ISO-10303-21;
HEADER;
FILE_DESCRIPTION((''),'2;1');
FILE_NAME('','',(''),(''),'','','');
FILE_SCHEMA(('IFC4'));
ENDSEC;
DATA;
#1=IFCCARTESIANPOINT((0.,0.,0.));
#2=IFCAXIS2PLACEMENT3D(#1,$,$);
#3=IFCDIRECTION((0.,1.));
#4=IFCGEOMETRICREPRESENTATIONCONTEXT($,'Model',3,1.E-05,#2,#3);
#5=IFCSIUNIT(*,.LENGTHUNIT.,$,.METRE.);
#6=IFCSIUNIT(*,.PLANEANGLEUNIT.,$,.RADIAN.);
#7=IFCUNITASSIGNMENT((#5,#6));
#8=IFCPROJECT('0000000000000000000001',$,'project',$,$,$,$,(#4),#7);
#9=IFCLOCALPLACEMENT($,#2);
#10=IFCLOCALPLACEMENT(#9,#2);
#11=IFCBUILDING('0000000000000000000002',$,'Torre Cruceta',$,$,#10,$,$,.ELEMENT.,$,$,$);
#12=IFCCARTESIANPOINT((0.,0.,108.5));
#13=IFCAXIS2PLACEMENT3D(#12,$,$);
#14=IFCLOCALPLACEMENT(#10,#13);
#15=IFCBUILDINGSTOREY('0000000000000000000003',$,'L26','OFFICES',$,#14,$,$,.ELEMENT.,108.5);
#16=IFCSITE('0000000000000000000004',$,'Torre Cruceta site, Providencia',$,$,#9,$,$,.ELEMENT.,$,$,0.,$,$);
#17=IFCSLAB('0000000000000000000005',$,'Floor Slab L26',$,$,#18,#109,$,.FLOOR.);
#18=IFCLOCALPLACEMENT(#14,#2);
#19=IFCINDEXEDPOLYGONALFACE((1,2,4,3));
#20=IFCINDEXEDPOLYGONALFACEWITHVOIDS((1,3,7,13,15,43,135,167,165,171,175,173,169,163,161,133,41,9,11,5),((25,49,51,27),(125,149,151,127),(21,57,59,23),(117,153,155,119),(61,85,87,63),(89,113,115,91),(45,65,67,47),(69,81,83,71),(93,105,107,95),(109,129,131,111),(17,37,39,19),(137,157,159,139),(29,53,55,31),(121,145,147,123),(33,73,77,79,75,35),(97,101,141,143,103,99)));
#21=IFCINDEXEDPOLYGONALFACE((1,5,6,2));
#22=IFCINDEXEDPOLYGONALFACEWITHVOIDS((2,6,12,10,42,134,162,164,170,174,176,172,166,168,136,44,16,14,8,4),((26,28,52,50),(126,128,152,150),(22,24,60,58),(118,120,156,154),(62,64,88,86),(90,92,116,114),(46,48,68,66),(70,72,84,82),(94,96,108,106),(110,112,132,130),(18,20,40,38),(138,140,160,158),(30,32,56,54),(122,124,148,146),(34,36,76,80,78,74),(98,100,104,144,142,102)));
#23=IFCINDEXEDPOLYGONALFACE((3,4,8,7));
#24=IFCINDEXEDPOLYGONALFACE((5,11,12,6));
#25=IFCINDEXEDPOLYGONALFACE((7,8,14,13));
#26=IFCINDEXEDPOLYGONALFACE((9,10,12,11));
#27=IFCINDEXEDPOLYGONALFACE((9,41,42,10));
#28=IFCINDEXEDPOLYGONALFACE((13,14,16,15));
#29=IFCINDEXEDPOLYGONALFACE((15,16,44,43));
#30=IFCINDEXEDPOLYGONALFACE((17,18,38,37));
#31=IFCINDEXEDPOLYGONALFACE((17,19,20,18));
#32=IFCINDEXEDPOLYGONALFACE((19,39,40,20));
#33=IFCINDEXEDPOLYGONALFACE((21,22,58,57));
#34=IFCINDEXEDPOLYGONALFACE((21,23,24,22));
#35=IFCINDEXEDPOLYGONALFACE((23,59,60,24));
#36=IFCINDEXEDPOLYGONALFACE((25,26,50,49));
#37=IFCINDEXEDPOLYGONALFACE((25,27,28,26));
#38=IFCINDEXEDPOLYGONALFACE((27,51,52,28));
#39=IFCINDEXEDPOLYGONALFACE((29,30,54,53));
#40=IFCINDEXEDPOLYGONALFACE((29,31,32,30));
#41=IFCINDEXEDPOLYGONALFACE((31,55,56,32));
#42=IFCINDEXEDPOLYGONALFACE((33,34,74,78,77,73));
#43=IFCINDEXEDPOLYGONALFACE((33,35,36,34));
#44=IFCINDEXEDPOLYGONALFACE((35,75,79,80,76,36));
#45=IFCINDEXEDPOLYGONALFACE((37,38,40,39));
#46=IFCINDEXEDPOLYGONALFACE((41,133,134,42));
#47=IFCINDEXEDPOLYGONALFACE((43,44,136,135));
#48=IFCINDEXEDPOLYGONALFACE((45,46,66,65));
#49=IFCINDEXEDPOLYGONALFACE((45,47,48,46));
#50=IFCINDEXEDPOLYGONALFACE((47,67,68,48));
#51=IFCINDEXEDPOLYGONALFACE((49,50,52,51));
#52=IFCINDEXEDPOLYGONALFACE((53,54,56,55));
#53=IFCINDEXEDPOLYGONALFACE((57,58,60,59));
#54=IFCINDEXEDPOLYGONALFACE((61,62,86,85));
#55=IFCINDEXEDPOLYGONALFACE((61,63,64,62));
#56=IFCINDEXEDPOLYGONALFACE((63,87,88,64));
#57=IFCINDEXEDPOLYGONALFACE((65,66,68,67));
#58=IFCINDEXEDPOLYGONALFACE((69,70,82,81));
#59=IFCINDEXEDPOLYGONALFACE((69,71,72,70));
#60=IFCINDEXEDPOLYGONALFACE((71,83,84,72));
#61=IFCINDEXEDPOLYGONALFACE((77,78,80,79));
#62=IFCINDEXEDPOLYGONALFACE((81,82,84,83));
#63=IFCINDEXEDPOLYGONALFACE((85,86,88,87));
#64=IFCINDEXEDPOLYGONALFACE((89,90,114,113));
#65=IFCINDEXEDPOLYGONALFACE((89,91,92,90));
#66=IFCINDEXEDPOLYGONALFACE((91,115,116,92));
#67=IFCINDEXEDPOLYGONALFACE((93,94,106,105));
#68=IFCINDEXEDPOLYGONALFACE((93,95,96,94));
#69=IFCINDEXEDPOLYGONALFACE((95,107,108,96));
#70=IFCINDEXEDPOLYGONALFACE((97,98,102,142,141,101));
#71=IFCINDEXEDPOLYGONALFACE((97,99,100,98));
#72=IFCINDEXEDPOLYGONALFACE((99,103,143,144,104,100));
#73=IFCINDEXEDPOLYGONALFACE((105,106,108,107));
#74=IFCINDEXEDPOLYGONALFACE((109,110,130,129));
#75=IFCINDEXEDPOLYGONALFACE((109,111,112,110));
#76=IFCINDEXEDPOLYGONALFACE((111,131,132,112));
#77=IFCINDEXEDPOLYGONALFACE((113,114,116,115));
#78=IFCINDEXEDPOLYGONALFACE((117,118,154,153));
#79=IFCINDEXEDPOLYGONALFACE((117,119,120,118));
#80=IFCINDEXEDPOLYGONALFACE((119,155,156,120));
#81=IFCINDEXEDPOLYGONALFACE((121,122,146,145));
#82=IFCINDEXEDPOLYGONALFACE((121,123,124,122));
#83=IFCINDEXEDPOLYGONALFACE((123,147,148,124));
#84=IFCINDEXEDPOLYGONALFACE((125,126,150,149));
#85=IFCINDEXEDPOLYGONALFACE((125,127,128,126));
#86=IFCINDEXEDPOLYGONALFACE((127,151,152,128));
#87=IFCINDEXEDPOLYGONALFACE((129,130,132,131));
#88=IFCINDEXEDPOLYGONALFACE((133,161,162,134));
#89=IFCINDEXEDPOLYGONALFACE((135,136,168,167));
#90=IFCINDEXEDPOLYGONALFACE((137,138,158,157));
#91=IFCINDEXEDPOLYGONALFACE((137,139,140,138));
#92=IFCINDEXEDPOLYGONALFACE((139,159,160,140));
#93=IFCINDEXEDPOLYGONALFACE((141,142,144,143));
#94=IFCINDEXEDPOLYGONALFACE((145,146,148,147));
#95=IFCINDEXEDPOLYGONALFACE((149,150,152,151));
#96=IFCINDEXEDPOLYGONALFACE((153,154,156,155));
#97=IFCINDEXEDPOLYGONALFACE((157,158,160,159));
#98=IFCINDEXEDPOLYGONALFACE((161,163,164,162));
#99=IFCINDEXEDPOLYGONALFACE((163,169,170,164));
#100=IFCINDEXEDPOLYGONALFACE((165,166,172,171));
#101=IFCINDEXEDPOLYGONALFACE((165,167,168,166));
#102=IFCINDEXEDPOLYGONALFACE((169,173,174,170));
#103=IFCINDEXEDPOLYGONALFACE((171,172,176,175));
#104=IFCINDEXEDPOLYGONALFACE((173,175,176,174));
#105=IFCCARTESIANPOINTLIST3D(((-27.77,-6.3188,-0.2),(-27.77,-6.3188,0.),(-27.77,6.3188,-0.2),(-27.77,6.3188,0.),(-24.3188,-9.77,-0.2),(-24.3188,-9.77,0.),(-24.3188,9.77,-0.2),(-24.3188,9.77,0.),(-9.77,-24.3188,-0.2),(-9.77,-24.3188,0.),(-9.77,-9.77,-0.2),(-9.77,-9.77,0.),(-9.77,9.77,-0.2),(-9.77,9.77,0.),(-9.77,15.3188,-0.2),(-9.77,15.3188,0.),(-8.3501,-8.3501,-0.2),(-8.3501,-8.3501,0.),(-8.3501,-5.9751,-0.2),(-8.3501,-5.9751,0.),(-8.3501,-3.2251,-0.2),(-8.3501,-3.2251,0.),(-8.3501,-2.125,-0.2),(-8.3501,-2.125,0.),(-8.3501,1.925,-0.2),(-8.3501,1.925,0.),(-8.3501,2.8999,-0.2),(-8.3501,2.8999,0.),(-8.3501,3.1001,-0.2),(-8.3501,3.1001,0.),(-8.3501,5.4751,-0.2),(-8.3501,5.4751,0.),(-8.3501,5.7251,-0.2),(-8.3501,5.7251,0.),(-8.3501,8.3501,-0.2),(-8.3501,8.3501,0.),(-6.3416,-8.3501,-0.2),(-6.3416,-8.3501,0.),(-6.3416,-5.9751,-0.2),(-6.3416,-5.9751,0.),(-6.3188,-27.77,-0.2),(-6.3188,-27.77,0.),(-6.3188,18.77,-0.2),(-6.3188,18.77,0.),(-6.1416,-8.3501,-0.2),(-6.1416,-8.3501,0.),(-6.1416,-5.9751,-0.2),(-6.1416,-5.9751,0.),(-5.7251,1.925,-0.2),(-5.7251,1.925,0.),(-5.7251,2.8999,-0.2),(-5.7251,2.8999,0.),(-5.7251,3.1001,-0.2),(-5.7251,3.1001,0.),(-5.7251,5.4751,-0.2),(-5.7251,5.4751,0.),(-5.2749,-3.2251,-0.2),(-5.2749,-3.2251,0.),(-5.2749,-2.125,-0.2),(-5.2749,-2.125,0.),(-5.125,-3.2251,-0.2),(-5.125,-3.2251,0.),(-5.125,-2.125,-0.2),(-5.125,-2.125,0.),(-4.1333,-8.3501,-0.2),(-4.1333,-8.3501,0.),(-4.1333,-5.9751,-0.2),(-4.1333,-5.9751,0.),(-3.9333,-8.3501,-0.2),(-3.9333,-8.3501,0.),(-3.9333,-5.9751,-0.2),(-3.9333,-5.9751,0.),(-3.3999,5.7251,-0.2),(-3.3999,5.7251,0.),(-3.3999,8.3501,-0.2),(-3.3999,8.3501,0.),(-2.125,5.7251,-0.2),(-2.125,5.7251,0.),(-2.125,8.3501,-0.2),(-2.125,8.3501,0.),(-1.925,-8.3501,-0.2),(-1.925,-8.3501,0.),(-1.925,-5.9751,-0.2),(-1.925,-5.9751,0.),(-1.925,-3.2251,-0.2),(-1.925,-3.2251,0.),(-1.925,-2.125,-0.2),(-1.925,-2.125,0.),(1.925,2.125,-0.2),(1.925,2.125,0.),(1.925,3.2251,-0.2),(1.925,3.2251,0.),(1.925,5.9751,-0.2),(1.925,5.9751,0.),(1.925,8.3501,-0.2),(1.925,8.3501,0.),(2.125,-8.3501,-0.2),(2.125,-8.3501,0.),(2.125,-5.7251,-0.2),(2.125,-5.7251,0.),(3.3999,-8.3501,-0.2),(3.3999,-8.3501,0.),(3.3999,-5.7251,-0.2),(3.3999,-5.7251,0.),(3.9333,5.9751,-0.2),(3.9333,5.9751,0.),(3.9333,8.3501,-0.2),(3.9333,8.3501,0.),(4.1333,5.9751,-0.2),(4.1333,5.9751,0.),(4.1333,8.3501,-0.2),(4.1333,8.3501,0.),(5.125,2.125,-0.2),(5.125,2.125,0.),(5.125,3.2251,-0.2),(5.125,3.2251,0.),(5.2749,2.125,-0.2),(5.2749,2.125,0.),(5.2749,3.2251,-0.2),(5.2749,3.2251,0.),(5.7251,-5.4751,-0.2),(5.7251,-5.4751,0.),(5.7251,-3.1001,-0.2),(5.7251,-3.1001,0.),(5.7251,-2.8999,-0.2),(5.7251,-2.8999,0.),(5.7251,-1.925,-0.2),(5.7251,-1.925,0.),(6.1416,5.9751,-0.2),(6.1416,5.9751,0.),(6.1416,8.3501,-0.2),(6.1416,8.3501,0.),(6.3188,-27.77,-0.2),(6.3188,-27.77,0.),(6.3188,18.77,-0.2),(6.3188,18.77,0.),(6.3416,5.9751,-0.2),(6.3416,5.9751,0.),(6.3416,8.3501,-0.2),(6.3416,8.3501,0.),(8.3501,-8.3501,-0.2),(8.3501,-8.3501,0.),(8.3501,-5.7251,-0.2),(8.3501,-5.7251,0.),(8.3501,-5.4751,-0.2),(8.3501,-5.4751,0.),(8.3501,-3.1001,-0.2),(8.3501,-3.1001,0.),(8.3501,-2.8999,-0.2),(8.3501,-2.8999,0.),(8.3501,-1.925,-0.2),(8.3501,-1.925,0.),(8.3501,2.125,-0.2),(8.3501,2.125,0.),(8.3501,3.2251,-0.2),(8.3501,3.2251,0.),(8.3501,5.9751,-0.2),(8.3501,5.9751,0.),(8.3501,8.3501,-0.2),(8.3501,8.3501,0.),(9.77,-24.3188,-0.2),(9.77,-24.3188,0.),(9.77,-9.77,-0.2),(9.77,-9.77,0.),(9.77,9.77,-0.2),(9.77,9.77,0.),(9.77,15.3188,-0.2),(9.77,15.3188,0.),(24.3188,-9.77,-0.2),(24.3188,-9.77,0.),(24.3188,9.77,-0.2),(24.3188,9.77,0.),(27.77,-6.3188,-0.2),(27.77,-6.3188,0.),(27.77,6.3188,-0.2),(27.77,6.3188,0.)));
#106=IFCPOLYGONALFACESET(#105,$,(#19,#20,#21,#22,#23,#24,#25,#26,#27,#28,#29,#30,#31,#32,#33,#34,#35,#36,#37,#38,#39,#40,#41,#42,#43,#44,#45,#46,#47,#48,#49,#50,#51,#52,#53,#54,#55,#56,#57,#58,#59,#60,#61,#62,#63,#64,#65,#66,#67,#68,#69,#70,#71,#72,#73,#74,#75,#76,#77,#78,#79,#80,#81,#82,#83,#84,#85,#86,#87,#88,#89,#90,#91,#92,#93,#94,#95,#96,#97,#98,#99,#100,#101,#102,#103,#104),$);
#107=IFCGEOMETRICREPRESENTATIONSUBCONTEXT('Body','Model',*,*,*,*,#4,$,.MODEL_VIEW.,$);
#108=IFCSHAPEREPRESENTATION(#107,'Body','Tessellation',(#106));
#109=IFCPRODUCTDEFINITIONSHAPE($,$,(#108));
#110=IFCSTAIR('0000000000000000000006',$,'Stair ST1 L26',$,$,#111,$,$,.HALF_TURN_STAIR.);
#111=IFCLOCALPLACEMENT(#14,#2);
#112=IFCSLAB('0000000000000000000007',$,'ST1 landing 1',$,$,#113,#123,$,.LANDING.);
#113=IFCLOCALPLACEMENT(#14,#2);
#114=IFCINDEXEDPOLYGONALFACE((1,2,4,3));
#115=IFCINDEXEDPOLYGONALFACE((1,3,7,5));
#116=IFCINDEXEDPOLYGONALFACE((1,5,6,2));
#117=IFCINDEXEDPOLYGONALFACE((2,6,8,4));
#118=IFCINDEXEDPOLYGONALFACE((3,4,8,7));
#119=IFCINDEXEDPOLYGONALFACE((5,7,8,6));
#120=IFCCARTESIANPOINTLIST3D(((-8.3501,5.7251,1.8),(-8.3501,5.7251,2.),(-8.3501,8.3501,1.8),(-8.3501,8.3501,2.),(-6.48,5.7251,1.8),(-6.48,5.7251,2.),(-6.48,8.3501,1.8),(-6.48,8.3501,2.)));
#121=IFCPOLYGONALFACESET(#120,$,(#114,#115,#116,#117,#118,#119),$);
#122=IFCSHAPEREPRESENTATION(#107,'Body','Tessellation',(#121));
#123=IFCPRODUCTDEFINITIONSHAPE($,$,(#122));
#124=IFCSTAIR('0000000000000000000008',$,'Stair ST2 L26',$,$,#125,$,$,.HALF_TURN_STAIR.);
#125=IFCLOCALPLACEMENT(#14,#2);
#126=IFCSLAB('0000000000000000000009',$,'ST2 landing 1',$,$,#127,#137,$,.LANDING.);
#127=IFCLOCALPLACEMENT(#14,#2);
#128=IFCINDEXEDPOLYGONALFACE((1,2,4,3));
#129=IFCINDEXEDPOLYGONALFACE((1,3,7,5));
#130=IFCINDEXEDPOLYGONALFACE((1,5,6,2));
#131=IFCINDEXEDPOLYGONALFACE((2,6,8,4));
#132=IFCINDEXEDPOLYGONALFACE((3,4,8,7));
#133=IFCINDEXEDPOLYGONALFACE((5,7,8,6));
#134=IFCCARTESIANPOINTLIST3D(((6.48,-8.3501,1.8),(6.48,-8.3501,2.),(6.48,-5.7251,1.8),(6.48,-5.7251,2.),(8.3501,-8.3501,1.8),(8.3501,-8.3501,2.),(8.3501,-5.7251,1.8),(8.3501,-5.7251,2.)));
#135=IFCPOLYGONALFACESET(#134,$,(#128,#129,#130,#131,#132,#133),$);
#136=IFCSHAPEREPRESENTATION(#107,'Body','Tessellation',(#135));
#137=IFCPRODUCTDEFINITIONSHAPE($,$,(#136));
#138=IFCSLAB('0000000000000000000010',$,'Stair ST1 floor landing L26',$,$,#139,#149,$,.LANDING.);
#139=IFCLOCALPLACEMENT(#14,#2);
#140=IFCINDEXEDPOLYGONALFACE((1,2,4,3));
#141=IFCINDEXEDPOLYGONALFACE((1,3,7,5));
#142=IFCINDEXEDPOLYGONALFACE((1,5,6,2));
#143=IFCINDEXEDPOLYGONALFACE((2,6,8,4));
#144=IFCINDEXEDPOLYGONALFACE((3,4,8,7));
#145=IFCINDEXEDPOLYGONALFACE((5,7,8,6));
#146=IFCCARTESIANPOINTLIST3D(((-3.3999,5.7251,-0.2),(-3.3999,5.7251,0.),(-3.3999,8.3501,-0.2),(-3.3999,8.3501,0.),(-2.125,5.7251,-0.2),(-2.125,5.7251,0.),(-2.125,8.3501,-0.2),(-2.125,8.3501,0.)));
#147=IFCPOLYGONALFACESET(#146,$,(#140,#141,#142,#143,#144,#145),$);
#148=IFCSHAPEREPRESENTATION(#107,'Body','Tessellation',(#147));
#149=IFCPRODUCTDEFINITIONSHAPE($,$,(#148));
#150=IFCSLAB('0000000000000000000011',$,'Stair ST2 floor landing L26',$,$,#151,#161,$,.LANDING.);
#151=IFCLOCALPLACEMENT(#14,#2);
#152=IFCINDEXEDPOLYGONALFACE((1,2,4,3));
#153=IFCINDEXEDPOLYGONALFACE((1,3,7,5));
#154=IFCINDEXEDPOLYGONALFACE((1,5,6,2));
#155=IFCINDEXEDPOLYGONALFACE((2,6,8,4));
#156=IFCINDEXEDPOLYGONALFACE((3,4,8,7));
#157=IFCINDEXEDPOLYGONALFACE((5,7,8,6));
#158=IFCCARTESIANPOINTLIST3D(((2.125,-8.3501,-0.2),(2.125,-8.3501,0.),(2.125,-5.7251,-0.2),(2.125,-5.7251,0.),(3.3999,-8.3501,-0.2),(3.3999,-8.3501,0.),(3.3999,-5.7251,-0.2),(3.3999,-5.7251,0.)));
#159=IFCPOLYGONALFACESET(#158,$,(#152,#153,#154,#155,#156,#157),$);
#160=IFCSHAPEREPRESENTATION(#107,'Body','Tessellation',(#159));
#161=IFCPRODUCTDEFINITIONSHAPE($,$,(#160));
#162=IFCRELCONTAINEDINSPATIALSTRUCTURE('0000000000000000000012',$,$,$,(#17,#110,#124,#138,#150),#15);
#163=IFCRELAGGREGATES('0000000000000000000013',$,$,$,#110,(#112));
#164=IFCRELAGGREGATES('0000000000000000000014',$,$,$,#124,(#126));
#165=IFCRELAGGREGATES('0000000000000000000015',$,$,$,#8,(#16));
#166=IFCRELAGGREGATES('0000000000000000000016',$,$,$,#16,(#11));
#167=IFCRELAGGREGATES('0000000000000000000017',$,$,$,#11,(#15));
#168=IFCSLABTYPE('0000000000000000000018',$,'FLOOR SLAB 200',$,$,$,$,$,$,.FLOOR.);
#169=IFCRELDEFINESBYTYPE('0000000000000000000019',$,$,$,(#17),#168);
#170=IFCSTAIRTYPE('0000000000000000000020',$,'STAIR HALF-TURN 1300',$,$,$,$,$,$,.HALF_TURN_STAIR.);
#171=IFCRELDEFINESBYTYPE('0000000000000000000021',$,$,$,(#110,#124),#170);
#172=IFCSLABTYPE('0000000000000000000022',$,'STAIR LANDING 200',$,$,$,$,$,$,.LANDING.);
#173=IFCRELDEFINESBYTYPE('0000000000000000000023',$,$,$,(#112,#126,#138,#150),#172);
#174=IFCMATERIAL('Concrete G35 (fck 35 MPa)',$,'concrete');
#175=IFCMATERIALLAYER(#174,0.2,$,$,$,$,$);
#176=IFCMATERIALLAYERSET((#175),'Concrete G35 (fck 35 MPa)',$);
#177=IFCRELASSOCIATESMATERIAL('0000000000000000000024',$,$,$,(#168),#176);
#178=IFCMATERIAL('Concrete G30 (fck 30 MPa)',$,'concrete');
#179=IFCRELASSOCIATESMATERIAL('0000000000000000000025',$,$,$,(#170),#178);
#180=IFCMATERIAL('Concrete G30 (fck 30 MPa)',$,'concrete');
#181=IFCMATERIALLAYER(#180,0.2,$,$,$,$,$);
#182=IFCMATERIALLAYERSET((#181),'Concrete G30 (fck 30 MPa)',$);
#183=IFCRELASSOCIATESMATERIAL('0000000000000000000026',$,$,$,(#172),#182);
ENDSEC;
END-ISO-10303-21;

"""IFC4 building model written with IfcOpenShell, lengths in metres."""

from ifc_helpers import new_model, si_unit, direction, frame, origin, place, context, subcontext, project, spatial, polyline, outline, extrude, material, layer, layer_set, type_object, element, aggregate, save


model = new_model("IFC4")

# Units and contexts
model_context = context("Model", 3, precision=1e-05, world=origin(), true_north=direction((0.0, 1.0)))
body_context = subcontext(model_context, "Body", "Model", "MODEL_VIEW")
ifc_project = project(units=[si_unit("LENGTHUNIT", "METRE"), si_unit("PLANEANGLEUNIT", "RADIAN")], contexts=[model_context])

# Site, building, storey
site_placement = place(None, origin())
site = spatial("IfcSite", under=ifc_project, at=site_placement, Name="Torre Cruceta site, Providencia", CompositionType="ELEMENT", RefElevation=0.0)
building_placement = place(site_placement, origin())
building = spatial("IfcBuilding", under=site, at=building_placement, Name="Torre Cruceta", CompositionType="ELEMENT")
storey_placement = place(building_placement, frame((0.0, 0.0, 108.5)))
storey = spatial("IfcBuildingStorey", under=building, at=storey_placement, Name="L26", Description="OFFICES", CompositionType="ELEMENT", Elevation=108.5)

# Slab
ifc_material_1 = material(Name="Concrete G35 (fck 35 MPa)", Category="concrete")
ifc_layer_1 = layer(ifc_material_1, 0.2)
ifc_layer_set_1 = layer_set([ifc_layer_1], Name="Concrete G35 (fck 35 MPa)")
slab_type_1 = type_object("IfcSlabType", Name="FLOOR SLAB 200", PredefinedType="FLOOR", material=ifc_layer_set_1)
slab_1_placement = place(storey_placement, frame((0.0, 0.0, -0.2)))
element("IfcSlab", 1, at=slab_1_placement, inside=storey, type_object=slab_type_1, Name="Floor Slab L26", PredefinedType="FLOOR", context=body_context, shape_type="SweptSolid", body=[
    extrude(outline(polyline([(9.77, -9.77), (9.77, -24.3188), (6.3188, -27.77), (-6.3188, -27.77), (-9.77, -24.3188), (-9.77, -9.77), (-24.3188, -9.77), (-27.77, -6.3188), (-27.77, 6.3188), (-24.3188, 9.77), (-9.77, 9.77), (-9.77, 15.3188), (-6.3188, 18.77), (6.3188, 18.77), (9.77, 15.3188), (9.77, 9.77), (24.3188, 9.77), (27.77, 6.3188), (27.77, -6.3188), (24.3188, -9.77), (9.77, -9.77)]), holes=[polyline([(1.925, 5.9751), (3.9333, 5.9751), (3.9333, 8.3501), (1.925, 8.3501), (1.925, 5.9751)]), polyline([(4.1333, 5.9751), (6.1416, 5.9751), (6.1416, 8.3501), (4.1333, 8.3501), (4.1333, 5.9751)]), polyline([(6.3416, 5.9751), (8.3501, 5.9751), (8.3501, 8.3501), (6.3416, 8.3501), (6.3416, 5.9751)]), polyline([(1.925, 2.125), (5.125, 2.125), (5.125, 3.2251), (1.925, 3.2251), (1.925, 2.125)]), polyline([(5.2749, 2.125), (8.3501, 2.125), (8.3501, 3.2251), (5.2749, 3.2251), (5.2749, 2.125)]), polyline([(-8.3501, 3.1001), (-5.7251, 3.1001), (-5.7251, 5.4751), (-8.3501, 5.4751), (-8.3501, 3.1001)]), polyline([(-8.3501, 1.925), (-5.7251, 1.925), (-5.7251, 2.8999), (-8.3501, 2.8999), (-8.3501, 1.925)]), polyline([(-3.9333, -8.3501), (-1.925, -8.3501), (-1.925, -5.9751), (-3.9333, -5.9751), (-3.9333, -8.3501)]), polyline([(-6.1416, -8.3501), (-4.1333, -8.3501), (-4.1333, -5.9751), (-6.1416, -5.9751), (-6.1416, -8.3501)]), polyline([(-8.3501, -8.3501), (-6.3416, -8.3501), (-6.3416, -5.9751), (-8.3501, -5.9751), (-8.3501, -8.3501)]), polyline([(-5.125, -3.2251), (-1.925, -3.2251), (-1.925, -2.125), (-5.125, -2.125), (-5.125, -3.2251)]), polyline([(-8.3501, -3.2251), (-5.2749, -3.2251), (-5.2749, -2.125), (-8.3501, -2.125), (-8.3501, -3.2251)]), polyline([(5.7251, -5.4751), (8.3501, -5.4751), (8.3501, -3.1001), (5.7251, -3.1001), (5.7251, -5.4751)]), polyline([(5.7251, -2.8999), (8.3501, -2.8999), (8.3501, -1.925), (5.7251, -1.925), (5.7251, -2.8999)]), polyline([(-8.3501, 5.7251), (-8.3501, 8.3501), (-3.3999, 8.3501), (-2.125, 8.3501), (-2.125, 5.7251), (-3.3999, 5.7251), (-8.3501, 5.7251)]), polyline([(2.125, -5.7251), (3.3999, -5.7251), (8.3501, -5.7251), (8.3501, -8.3501), (3.3999, -8.3501), (2.125, -8.3501), (2.125, -5.7251)])]), origin(), (0.0, 0.0, 1.0), 0.2),
])

# Stairs, slabs
ifc_material_2 = material(Name="Concrete G30 (fck 30 MPa)", Category="concrete")
stair_type = type_object("IfcStairType", Name="STAIR HALF-TURN 1300", PredefinedType="HALF_TURN_STAIR", material=ifc_material_2)
stair_1_placement = place(storey_placement, origin())
stair_1 = element("IfcStair", 2, at=stair_1_placement, inside=storey, type_object=stair_type, Name="Stair ST1 L26", PredefinedType="HALF_TURN_STAIR")
ifc_material_3 = material(Name="Concrete G30 (fck 30 MPa)", Category="concrete")
ifc_layer_2 = layer(ifc_material_3, 0.2)
ifc_layer_set_2 = layer_set([ifc_layer_2], Name="Concrete G30 (fck 30 MPa)")
slab_type_2 = type_object("IfcSlabType", Name="STAIR LANDING 200", PredefinedType="LANDING", material=ifc_layer_set_2)
slab_2_placement = place(storey_placement, frame((0.0, 0.0, 1.8)))
slab_2 = element("IfcSlab", 3, at=slab_2_placement, type_object=slab_type_2, Name="ST1 landing 1", PredefinedType="LANDING", context=body_context, shape_type="SweptSolid", body=[
    extrude(outline(polyline([(-8.3501, 5.7251), (-6.48, 5.7251), (-6.48, 8.3501), (-8.3501, 8.3501), (-8.3501, 5.7251)])), origin(), (0.0, 0.0, 1.0), 0.2),
])
aggregate(stair_1, [slab_2])
stair_2_placement = place(storey_placement, origin())
stair_2 = element("IfcStair", 4, at=stair_2_placement, inside=storey, type_object=stair_type, Name="Stair ST2 L26", PredefinedType="HALF_TURN_STAIR")
slab_3_placement = place(storey_placement, frame((0.0, 0.0, 1.8)))
slab_3 = element("IfcSlab", 5, at=slab_3_placement, type_object=slab_type_2, Name="ST2 landing 1", PredefinedType="LANDING", context=body_context, shape_type="SweptSolid", body=[
    extrude(outline(polyline([(6.48, -8.3501), (8.3501, -8.3501), (8.3501, -5.7251), (6.48, -5.7251), (6.48, -8.3501)])), origin(), (0.0, 0.0, 1.0), 0.2),
])
aggregate(stair_2, [slab_3])

# Slabs
slab_4_placement = place(storey_placement, frame((0.0, 0.0, -0.2)))
element("IfcSlab", 6, at=slab_4_placement, inside=storey, type_object=slab_type_2, Name="Stair ST1 floor landing L26", PredefinedType="LANDING", context=body_context, shape_type="SweptSolid", body=[
    extrude(outline(polyline([(-2.125, 8.3501), (-2.125, 5.7251), (-3.3999, 5.7251), (-3.3999, 8.3501), (-2.125, 8.3501)])), origin(), (0.0, 0.0, 1.0), 0.2),
])
slab_5_placement = place(storey_placement, frame((0.0, 0.0, -0.2)))
element("IfcSlab", 7, at=slab_5_placement, inside=storey, type_object=slab_type_2, Name="Stair ST2 floor landing L26", PredefinedType="LANDING", context=body_context, shape_type="SweptSolid", body=[
    extrude(outline(polyline([(2.125, -8.3501), (2.125, -5.7251), (3.3999, -5.7251), (3.3999, -8.3501), (2.125, -8.3501)])), origin(), (0.0, 0.0, 1.0), 0.2),
])

save(model, "model.ifc")
